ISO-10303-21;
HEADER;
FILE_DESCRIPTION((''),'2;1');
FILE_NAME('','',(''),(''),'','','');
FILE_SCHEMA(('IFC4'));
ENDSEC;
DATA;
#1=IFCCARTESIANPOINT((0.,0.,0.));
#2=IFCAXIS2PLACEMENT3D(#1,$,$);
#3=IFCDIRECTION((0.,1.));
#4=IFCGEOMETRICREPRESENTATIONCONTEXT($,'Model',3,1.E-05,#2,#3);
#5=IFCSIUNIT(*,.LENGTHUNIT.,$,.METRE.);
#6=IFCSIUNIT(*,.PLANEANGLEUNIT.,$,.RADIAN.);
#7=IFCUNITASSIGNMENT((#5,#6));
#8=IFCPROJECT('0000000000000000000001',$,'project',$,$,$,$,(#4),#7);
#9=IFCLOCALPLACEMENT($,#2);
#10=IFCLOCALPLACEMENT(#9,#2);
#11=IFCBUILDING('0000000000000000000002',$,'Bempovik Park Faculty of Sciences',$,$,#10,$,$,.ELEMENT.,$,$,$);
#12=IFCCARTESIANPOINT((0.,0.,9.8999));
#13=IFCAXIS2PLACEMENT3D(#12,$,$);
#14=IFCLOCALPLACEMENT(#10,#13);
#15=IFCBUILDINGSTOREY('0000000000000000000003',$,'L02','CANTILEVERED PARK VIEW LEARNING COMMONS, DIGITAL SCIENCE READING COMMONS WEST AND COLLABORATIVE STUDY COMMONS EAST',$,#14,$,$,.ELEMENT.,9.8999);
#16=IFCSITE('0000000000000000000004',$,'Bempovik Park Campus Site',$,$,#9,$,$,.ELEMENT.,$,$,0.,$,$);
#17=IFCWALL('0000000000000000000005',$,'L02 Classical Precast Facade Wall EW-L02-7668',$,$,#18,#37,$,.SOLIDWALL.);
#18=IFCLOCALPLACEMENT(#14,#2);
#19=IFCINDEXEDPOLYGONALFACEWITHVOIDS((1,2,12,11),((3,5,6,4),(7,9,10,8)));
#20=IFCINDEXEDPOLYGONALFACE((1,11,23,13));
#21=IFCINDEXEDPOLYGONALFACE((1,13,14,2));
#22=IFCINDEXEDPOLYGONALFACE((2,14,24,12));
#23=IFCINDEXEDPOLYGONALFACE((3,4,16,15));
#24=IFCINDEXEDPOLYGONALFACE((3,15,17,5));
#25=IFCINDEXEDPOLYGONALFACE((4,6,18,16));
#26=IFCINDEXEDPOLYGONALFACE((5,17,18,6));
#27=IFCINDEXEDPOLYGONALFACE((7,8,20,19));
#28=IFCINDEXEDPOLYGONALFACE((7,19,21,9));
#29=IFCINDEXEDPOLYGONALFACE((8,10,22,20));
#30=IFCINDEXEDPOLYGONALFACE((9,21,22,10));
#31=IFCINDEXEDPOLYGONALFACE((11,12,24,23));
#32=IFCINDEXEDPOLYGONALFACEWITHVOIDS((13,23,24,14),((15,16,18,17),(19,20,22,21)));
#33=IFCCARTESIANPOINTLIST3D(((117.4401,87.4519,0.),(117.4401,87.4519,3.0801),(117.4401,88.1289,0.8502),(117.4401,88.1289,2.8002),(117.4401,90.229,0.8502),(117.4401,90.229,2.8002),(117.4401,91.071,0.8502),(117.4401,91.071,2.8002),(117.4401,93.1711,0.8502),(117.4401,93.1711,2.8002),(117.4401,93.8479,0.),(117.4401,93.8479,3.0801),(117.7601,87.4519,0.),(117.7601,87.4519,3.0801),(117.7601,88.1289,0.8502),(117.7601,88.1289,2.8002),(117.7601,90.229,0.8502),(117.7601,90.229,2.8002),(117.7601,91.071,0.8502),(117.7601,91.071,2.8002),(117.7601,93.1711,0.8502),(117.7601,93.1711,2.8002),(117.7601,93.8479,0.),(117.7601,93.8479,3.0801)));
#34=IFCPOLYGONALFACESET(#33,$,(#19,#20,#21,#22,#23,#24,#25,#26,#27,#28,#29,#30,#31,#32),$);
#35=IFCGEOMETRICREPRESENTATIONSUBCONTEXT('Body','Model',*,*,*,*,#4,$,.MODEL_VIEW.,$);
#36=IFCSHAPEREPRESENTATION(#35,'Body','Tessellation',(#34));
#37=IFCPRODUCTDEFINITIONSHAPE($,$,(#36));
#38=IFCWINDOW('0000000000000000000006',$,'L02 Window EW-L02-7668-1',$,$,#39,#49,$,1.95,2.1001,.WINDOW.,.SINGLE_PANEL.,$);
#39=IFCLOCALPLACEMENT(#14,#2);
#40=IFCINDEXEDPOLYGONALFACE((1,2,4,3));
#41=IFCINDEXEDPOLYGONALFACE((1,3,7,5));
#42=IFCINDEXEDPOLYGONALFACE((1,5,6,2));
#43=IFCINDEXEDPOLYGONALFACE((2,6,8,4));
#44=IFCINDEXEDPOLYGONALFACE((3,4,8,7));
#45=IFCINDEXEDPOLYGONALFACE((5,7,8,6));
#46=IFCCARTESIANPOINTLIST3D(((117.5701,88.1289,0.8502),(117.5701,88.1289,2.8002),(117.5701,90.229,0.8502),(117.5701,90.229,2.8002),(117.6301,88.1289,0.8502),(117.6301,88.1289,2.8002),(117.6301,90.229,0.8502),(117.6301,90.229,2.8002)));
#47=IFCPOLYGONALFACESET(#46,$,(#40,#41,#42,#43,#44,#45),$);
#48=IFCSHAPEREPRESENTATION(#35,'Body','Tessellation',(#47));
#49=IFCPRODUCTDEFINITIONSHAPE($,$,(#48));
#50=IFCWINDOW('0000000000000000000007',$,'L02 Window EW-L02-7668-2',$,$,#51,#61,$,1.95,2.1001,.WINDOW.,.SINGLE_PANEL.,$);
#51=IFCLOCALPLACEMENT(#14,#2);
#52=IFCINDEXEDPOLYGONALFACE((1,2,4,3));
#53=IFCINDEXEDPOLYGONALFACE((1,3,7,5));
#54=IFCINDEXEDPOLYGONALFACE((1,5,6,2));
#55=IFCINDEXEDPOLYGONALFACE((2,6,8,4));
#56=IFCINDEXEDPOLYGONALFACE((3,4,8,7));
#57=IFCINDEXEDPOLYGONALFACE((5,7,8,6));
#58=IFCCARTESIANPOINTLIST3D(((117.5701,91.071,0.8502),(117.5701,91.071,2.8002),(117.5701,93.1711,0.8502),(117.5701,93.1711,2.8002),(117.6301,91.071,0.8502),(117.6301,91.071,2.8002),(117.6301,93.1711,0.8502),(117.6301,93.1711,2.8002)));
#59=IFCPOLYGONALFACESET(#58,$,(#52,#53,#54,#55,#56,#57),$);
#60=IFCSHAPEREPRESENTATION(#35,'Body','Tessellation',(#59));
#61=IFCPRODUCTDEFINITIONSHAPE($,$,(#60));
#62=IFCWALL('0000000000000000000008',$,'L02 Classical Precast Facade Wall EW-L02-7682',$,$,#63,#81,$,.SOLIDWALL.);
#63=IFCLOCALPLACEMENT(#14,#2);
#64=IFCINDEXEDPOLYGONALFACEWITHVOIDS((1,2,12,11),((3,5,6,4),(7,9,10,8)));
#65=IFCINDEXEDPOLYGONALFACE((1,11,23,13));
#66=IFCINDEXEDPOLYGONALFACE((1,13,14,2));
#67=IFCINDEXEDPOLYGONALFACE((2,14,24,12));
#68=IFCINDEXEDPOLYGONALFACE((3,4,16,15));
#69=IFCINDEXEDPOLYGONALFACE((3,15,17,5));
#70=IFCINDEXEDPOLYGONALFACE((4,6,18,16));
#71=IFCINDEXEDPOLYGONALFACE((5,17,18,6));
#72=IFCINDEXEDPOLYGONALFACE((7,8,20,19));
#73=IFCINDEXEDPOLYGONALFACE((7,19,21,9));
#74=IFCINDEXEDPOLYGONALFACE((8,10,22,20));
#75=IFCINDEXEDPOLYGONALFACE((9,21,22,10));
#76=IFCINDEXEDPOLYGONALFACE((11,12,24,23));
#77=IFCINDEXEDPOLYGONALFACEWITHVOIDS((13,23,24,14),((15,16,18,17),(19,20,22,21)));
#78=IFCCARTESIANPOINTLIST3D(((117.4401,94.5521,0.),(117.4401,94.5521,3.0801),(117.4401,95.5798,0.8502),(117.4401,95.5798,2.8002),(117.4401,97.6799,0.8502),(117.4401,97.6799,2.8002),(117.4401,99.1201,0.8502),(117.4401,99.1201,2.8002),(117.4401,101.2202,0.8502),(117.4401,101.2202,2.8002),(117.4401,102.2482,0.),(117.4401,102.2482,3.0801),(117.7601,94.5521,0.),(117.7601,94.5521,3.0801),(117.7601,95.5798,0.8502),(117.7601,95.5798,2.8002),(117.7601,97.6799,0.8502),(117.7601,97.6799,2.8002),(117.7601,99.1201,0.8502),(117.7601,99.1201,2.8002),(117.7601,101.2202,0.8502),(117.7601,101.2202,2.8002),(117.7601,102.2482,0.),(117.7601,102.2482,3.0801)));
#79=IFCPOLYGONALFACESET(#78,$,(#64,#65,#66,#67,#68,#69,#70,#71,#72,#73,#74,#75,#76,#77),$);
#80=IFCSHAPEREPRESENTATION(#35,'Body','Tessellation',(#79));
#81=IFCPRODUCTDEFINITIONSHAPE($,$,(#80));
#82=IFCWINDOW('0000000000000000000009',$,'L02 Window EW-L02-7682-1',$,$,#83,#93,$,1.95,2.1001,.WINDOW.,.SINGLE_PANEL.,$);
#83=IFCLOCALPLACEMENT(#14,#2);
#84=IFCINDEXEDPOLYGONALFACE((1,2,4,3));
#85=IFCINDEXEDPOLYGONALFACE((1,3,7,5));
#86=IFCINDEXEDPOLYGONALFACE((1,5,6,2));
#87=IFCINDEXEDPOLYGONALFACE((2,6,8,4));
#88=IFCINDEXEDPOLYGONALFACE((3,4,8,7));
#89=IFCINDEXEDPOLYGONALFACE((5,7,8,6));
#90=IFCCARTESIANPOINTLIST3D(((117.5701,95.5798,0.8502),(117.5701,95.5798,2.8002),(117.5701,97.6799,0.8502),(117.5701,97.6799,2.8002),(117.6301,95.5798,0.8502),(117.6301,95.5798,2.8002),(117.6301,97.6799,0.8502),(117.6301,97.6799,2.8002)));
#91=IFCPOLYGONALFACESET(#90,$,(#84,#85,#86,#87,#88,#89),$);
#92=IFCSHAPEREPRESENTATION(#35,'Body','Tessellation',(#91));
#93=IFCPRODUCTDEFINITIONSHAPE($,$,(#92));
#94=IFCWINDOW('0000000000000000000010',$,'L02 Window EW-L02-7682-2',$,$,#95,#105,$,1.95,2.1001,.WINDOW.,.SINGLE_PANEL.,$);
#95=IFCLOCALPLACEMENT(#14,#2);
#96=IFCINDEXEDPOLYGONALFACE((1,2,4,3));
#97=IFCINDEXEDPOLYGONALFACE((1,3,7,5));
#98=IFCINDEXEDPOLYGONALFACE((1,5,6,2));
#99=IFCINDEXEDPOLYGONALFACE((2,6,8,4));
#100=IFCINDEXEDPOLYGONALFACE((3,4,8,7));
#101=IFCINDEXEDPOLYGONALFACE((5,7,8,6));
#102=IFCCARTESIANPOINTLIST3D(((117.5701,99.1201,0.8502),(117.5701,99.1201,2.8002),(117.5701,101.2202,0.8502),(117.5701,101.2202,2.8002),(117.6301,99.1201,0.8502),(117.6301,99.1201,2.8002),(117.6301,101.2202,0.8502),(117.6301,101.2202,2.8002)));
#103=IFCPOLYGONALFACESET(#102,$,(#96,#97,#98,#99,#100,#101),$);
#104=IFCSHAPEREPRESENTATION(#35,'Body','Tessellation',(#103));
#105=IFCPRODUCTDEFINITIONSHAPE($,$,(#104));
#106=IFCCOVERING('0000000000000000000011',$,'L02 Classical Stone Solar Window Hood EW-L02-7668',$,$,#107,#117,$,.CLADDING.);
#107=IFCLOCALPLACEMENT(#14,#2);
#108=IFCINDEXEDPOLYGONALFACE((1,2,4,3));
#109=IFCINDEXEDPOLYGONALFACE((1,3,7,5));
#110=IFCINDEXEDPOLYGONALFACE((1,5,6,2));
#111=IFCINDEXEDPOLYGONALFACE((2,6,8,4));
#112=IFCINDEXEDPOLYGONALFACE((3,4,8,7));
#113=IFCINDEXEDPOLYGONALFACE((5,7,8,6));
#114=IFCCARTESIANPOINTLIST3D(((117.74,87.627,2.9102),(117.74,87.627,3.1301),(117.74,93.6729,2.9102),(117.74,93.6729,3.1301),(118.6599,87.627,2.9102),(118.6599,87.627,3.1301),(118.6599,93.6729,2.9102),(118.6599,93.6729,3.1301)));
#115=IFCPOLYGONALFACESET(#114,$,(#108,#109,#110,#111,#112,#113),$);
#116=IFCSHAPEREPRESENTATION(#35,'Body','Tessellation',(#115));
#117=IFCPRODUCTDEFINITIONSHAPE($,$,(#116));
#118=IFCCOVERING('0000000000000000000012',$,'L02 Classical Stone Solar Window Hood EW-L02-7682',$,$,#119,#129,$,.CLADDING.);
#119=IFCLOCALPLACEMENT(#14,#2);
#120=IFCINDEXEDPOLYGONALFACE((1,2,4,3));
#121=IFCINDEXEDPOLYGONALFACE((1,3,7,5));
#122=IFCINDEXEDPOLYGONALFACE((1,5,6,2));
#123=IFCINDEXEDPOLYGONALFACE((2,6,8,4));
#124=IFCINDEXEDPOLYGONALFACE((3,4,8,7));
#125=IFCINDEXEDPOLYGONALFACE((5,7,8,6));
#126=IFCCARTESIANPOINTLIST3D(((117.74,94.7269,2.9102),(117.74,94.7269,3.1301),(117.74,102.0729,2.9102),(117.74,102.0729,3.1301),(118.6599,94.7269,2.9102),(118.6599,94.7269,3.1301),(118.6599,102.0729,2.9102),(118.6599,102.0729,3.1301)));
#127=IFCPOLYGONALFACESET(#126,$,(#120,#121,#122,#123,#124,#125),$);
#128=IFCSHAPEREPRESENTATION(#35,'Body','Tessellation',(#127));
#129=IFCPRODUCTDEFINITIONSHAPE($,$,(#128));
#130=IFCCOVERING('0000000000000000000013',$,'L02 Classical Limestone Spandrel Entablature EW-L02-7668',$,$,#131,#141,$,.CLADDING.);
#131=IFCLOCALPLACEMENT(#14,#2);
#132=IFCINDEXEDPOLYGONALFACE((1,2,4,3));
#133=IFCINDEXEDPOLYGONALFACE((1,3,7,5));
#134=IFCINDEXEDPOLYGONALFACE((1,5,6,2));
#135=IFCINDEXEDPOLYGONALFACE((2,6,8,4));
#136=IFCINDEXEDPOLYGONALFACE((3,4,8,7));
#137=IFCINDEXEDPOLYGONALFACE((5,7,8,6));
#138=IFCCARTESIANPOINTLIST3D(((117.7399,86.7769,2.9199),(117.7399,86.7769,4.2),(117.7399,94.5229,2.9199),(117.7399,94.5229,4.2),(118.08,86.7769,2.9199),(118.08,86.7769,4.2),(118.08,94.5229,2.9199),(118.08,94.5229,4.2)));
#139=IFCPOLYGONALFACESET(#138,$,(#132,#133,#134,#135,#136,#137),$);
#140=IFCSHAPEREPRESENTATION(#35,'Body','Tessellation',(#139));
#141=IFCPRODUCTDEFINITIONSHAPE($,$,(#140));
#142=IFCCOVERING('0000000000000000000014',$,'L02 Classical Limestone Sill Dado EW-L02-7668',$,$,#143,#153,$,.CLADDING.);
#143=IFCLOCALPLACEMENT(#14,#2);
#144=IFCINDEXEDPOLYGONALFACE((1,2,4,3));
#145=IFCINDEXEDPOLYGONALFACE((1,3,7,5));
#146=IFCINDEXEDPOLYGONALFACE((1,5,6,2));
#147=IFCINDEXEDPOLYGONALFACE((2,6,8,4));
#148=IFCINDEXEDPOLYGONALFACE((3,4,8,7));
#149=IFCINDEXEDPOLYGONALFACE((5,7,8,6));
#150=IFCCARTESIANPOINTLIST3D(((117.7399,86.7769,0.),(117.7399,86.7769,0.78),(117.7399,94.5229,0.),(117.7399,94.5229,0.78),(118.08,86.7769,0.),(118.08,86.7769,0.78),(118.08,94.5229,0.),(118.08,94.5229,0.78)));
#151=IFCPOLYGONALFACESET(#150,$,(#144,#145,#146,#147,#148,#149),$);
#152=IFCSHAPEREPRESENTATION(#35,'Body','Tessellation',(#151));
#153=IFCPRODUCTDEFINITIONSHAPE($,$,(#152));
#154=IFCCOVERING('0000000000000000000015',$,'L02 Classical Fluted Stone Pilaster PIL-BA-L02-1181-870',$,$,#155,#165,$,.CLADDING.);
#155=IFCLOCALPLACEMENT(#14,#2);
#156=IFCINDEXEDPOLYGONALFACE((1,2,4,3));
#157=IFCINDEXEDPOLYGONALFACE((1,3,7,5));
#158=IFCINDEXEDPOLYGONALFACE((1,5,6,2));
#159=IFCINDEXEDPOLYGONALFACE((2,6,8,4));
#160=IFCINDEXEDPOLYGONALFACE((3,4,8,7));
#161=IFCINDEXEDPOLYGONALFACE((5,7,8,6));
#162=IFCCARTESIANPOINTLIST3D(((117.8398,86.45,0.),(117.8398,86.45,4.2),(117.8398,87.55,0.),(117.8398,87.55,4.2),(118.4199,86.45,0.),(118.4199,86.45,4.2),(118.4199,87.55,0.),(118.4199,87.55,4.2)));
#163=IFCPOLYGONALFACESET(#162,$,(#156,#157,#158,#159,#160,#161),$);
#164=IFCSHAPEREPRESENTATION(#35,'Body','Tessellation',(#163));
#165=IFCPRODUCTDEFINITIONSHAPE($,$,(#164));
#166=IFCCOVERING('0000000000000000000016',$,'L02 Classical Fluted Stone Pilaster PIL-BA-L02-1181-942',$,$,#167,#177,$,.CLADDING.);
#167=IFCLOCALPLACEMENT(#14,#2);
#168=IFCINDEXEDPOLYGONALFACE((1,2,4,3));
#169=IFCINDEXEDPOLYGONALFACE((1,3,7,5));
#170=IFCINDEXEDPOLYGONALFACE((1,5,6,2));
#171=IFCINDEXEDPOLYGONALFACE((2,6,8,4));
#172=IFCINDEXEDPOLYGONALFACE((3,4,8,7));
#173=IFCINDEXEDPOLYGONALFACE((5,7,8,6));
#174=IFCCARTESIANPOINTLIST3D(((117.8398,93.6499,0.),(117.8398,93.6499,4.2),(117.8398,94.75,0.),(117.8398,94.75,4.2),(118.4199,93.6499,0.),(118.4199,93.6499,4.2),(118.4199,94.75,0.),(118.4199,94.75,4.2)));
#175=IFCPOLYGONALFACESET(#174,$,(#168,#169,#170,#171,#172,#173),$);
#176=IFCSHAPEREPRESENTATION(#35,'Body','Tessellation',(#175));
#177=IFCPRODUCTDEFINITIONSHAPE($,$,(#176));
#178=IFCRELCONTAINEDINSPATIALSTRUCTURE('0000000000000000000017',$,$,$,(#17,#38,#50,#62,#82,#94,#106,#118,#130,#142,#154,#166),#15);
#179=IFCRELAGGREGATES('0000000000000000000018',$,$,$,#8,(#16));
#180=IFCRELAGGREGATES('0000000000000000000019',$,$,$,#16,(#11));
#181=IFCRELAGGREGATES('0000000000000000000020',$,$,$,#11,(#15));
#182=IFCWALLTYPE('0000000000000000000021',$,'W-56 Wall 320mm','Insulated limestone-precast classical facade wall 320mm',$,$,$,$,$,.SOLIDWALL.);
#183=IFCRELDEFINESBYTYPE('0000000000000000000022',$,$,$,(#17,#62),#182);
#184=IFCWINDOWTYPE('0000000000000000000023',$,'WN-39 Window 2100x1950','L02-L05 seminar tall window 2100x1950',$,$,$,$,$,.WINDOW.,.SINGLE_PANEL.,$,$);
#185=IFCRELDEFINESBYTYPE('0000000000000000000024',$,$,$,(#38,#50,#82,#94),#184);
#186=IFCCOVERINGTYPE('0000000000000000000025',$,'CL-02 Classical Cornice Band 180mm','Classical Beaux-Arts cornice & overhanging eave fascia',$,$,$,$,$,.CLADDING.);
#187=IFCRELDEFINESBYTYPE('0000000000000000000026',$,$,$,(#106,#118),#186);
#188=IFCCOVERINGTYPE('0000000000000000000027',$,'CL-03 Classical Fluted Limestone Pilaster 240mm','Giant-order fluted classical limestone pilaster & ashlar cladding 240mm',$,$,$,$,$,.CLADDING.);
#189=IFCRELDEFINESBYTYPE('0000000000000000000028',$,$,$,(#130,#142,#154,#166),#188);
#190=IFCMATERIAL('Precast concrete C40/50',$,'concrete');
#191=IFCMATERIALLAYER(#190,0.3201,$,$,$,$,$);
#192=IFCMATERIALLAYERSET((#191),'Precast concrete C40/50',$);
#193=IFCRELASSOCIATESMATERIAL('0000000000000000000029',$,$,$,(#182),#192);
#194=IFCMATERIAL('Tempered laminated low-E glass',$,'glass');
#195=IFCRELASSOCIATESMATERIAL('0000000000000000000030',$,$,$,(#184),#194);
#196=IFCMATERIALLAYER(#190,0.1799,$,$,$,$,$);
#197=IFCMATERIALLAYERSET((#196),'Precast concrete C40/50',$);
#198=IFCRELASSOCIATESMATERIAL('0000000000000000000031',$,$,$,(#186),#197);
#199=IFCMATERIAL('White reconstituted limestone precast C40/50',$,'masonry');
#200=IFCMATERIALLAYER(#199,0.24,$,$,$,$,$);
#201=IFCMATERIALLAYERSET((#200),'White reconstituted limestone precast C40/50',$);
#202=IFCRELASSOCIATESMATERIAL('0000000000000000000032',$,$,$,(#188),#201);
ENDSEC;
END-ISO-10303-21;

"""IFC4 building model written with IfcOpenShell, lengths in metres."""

from ifc_helpers import new_model, si_unit, direction, frame, frame_2d, origin, origin_2d, place, context, subcontext, project, spatial, rectangle, extrude, material, layer, layer_set, type_object, element, fill, save


model = new_model("IFC4")

# Units and contexts
model_context = context("Model", 3, precision=1e-05, world=origin(), true_north=direction((0.0, 1.0)))
body_context = subcontext(model_context, "Body", "Model", "MODEL_VIEW")
ifc_project = project(units=[si_unit("LENGTHUNIT", "METRE"), si_unit("PLANEANGLEUNIT", "RADIAN")], contexts=[model_context])

# Site, building, storey
site_placement = place(None, origin())
site = spatial("IfcSite", under=ifc_project, at=site_placement, Name="Bempovik Park Campus Site", CompositionType="ELEMENT", RefElevation=0.0)
building_placement = place(site_placement, origin())
building = spatial("IfcBuilding", under=site, at=building_placement, Name="Bempovik Park Faculty of Sciences", CompositionType="ELEMENT")
storey_placement = place(building_placement, frame((0.0, 0.0, 9.8999)))
storey = spatial("IfcBuildingStorey", under=building, at=storey_placement, Name="L02", Description="CANTILEVERED PARK VIEW LEARNING COMMONS, DIGITAL SCIENCE READING COMMONS WEST AND COLLABORATIVE STUDY COMMONS EAST", CompositionType="ELEMENT", Elevation=9.8999)

# Shared definitions
ifc_material_1 = material(Name="Tempered laminated low-E glass", Category="glass")

# Walls, openings, windows
ifc_material_2 = material(Name="Precast concrete C40/50", Category="concrete")
ifc_layer_1 = layer(ifc_material_2, 0.3201)
ifc_layer_set_1 = layer_set([ifc_layer_1], Name="Precast concrete C40/50")
wall_type_1 = type_object("IfcWallType", Name="W-56 Wall 320mm", Description="Insulated limestone-precast classical facade wall 320mm", PredefinedType="SOLIDWALL", material=ifc_layer_set_1)
wall_1_placement = place(storey_placement, frame((117.6001, 87.4519, 0.0), z_axis=(0.0, 0.0, 1.0), x_axis=(0.0, 1.0, 0.0)))
wall_1 = element("IfcWall", 1, at=wall_1_placement, inside=storey, type_object=wall_type_1, Name="L02 Classical Precast Facade Wall EW-L02-7668", PredefinedType="SOLIDWALL", context=body_context, shape_type="SweptSolid", body=[
    extrude(rectangle(XDim=6.396, YDim=0.3201, at=frame_2d((3.198, 0.0))), origin(), (0.0, 0.0, 1.0), 3.0801),
])
opening_1_placement = place(wall_1_placement, frame((0.677, 0.0, 0.8501)))
opening_1 = element("IfcOpeningElement", 2, at=opening_1_placement, cuts=wall_1, PredefinedType="OPENING", context=body_context, shape_type="SweptSolid", body=[
    extrude(rectangle(XDim=2.1001, YDim=1.95, at=frame_2d((1.05, 0.9751))), frame((0.0, 0.1699, 0.0), z_axis=(0.0, -1.0, 0.0), x_axis=(1.0, 0.0, 0.0)), (0.0, 0.0, 1.0), 0.3401),
])
opening_2_placement = place(wall_1_placement, frame((3.6191, 0.0, 0.8501)))
opening_2 = element("IfcOpeningElement", 3, at=opening_2_placement, cuts=wall_1, PredefinedType="OPENING", context=body_context, shape_type="SweptSolid", body=[
    extrude(rectangle(XDim=2.1001, YDim=1.95, at=frame_2d((1.05, 0.9751))), frame((0.0, 0.1699, 0.0), z_axis=(0.0, -1.0, 0.0), x_axis=(1.0, 0.0, 0.0)), (0.0, 0.0, 1.0), 0.3401),
])
window_type = type_object("IfcWindowType", Name="WN-39 Window 2100x1950", Description="L02-L05 seminar tall window 2100x1950", PartitioningType="SINGLE_PANEL", PredefinedType="WINDOW", material=ifc_material_1)
window_1_placement = place(opening_1_placement, origin())
window_1 = element("IfcWindow", 4, at=window_1_placement, inside=storey, type_object=window_type, Name="L02 Window EW-L02-7668-1", OverallHeight=1.95, OverallWidth=2.1001, PartitioningType="SINGLE_PANEL", PredefinedType="WINDOW", context=body_context, shape_type="SweptSolid", body=[
    extrude(rectangle(XDim=2.1001, YDim=1.95, at=frame_2d((1.05, 0.9751))), frame((0.0, 0.03, 0.0), z_axis=(0.0, -1.0, 0.0), x_axis=(1.0, 0.0, 0.0)), (0.0, 0.0, 1.0), 0.0601),
])
fill(opening_1, window_1)
window_2_placement = place(opening_2_placement, origin())
window_2 = element("IfcWindow", 5, at=window_2_placement, inside=storey, type_object=window_type, Name="L02 Window EW-L02-7668-2", OverallHeight=1.95, OverallWidth=2.1001, PartitioningType="SINGLE_PANEL", PredefinedType="WINDOW", context=body_context, shape_type="SweptSolid", body=[
    extrude(rectangle(XDim=2.1001, YDim=1.95, at=frame_2d((1.05, 0.9751))), frame((0.0, 0.03, 0.0), z_axis=(0.0, -1.0, 0.0), x_axis=(1.0, 0.0, 0.0)), (0.0, 0.0, 1.0), 0.0601),
])
fill(opening_2, window_2)
wall_2_placement = place(storey_placement, frame((117.6001, 94.552, 0.0), z_axis=(0.0, 0.0, 1.0), x_axis=(0.0, 1.0, 0.0)))
wall_2 = element("IfcWall", 6, at=wall_2_placement, inside=storey, type_object=wall_type_1, Name="L02 Classical Precast Facade Wall EW-L02-7682", PredefinedType="SOLIDWALL", context=body_context, shape_type="SweptSolid", body=[
    extrude(rectangle(XDim=7.696, YDim=0.3201, at=frame_2d((3.8481, 0.0))), origin(), (0.0, 0.0, 1.0), 3.0801),
])
opening_3_placement = place(wall_2_placement, frame((1.0278, 0.0, 0.8501)))
opening_3 = element("IfcOpeningElement", 7, at=opening_3_placement, cuts=wall_2, PredefinedType="OPENING", context=body_context, shape_type="SweptSolid", body=[
    extrude(rectangle(XDim=2.1001, YDim=1.95, at=frame_2d((1.05, 0.9751))), frame((0.0, 0.1699, 0.0), z_axis=(0.0, -1.0, 0.0), x_axis=(1.0, 0.0, 0.0)), (0.0, 0.0, 1.0), 0.3401),
])
opening_4_placement = place(wall_2_placement, frame((4.5681, 0.0, 0.8501)))
opening_4 = element("IfcOpeningElement", 8, at=opening_4_placement, cuts=wall_2, PredefinedType="OPENING", context=body_context, shape_type="SweptSolid", body=[
    extrude(rectangle(XDim=2.1001, YDim=1.95, at=frame_2d((1.05, 0.9751))), frame((0.0, 0.1699, 0.0), z_axis=(0.0, -1.0, 0.0), x_axis=(1.0, 0.0, 0.0)), (0.0, 0.0, 1.0), 0.3401),
])
window_3_placement = place(opening_3_placement, origin())
window_3 = element("IfcWindow", 9, at=window_3_placement, inside=storey, type_object=window_type, Name="L02 Window EW-L02-7682-1", OverallHeight=1.95, OverallWidth=2.1001, PartitioningType="SINGLE_PANEL", PredefinedType="WINDOW", context=body_context, shape_type="SweptSolid", body=[
    extrude(rectangle(XDim=2.1001, YDim=1.95, at=frame_2d((1.05, 0.9751))), frame((0.0, 0.03, 0.0), z_axis=(0.0, -1.0, 0.0), x_axis=(1.0, 0.0, 0.0)), (0.0, 0.0, 1.0), 0.0601),
])
fill(opening_3, window_3)
window_4_placement = place(opening_4_placement, origin())
window_4 = element("IfcWindow", 10, at=window_4_placement, inside=storey, type_object=window_type, Name="L02 Window EW-L02-7682-2", OverallHeight=1.95, OverallWidth=2.1001, PartitioningType="SINGLE_PANEL", PredefinedType="WINDOW", context=body_context, shape_type="SweptSolid", body=[
    extrude(rectangle(XDim=2.1001, YDim=1.95, at=frame_2d((1.05, 0.9751))), frame((0.0, 0.03, 0.0), z_axis=(0.0, -1.0, 0.0), x_axis=(1.0, 0.0, 0.0)), (0.0, 0.0, 1.0), 0.0601),
])
fill(opening_4, window_4)

# Coverings
ifc_layer_2 = layer(ifc_material_2, 0.1799)
ifc_layer_set_2 = layer_set([ifc_layer_2], Name="Precast concrete C40/50")
covering_type_1 = type_object("IfcCoveringType", Name="CL-02 Classical Cornice Band 180mm", Description="Classical Beaux-Arts cornice & overhanging eave fascia", PredefinedType="CLADDING", material=ifc_layer_set_2)
covering_1_placement = place(storey_placement, frame((118.2, 90.6499, 2.9102), z_axis=(0.0, 0.0, 1.0), x_axis=(1.0, 0.0, 0.0)))
element("IfcCovering", 11, at=covering_1_placement, inside=storey, type_object=covering_type_1, Name="L02 Classical Stone Solar Window Hood EW-L02-7668", PredefinedType="CLADDING", context=body_context, shape_type="SweptSolid", body=[
    extrude(rectangle(XDim=0.9199, YDim=6.0459, at=origin_2d()), origin(), (0.0, 0.0, 1.0), 0.22),
])
covering_2_placement = place(storey_placement, frame((118.2, 98.3999, 2.9102), z_axis=(0.0, 0.0, 1.0), x_axis=(1.0, 0.0, 0.0)))
element("IfcCovering", 12, at=covering_2_placement, inside=storey, type_object=covering_type_1, Name="L02 Classical Stone Solar Window Hood EW-L02-7682", PredefinedType="CLADDING", context=body_context, shape_type="SweptSolid", body=[
    extrude(rectangle(XDim=0.9199, YDim=7.3459, at=origin_2d()), origin(), (0.0, 0.0, 1.0), 0.22),
])
ifc_material_3 = material(Name="White reconstituted limestone precast C40/50", Category="masonry")
ifc_layer_3 = layer(ifc_material_3, 0.24)
ifc_layer_set_3 = layer_set([ifc_layer_3], Name="White reconstituted limestone precast C40/50")
covering_type_2 = type_object("IfcCoveringType", Name="CL-03 Classical Fluted Limestone Pilaster 240mm", Description="Giant-order fluted classical limestone pilaster & ashlar cladding 240mm", PredefinedType="CLADDING", material=ifc_layer_set_3)
covering_3_placement = place(storey_placement, frame((117.9099, 90.6499, 2.9199), z_axis=(0.0, 0.0, 1.0), x_axis=(1.0, 0.0, 0.0)))
element("IfcCovering", 13, at=covering_3_placement, inside=storey, type_object=covering_type_2, Name="L02 Classical Limestone Spandrel Entablature EW-L02-7668", PredefinedType="CLADDING", context=body_context, shape_type="SweptSolid", body=[
    extrude(rectangle(XDim=0.3401, YDim=7.7461, at=origin_2d()), origin(), (0.0, 0.0, 1.0), 1.28),
])
covering_4_placement = place(storey_placement, frame((117.9099, 90.6499, 0.0), z_axis=(0.0, 0.0, 1.0), x_axis=(1.0, 0.0, 0.0)))
element("IfcCovering", 14, at=covering_4_placement, inside=storey, type_object=covering_type_2, Name="L02 Classical Limestone Sill Dado EW-L02-7668", PredefinedType="CLADDING", context=body_context, shape_type="SweptSolid", body=[
    extrude(rectangle(XDim=0.3401, YDim=7.7461, at=origin_2d()), origin(), (0.0, 0.0, 1.0), 0.78),
])
for number, where, z_axis, x_axis, name in (
    (15, (118.1299, 87.0, 0.0), (0.0, 0.0, 1.0), (1.0, 0.0, 0.0), "L02 Classical Fluted Stone Pilaster PIL-BA-L02-1181-870"),
    (16, (118.1299, 94.2, 0.0), (0.0, 0.0, 1.0), (1.0, 0.0, 0.0), "L02 Classical Fluted Stone Pilaster PIL-BA-L02-1181-942"),
):
    element("IfcCovering", number, at=place(storey_placement, frame(where, z_axis=z_axis, x_axis=x_axis)), inside=storey, type_object=covering_type_2, Name=name, PredefinedType="CLADDING", context=body_context, shape_type="SweptSolid", body=[
        extrude(rectangle(XDim=0.5801, YDim=1.1001, at=origin_2d()), origin(), (0.0, 0.0, 1.0), 4.2),
    ])

save(model, "model.ifc")
